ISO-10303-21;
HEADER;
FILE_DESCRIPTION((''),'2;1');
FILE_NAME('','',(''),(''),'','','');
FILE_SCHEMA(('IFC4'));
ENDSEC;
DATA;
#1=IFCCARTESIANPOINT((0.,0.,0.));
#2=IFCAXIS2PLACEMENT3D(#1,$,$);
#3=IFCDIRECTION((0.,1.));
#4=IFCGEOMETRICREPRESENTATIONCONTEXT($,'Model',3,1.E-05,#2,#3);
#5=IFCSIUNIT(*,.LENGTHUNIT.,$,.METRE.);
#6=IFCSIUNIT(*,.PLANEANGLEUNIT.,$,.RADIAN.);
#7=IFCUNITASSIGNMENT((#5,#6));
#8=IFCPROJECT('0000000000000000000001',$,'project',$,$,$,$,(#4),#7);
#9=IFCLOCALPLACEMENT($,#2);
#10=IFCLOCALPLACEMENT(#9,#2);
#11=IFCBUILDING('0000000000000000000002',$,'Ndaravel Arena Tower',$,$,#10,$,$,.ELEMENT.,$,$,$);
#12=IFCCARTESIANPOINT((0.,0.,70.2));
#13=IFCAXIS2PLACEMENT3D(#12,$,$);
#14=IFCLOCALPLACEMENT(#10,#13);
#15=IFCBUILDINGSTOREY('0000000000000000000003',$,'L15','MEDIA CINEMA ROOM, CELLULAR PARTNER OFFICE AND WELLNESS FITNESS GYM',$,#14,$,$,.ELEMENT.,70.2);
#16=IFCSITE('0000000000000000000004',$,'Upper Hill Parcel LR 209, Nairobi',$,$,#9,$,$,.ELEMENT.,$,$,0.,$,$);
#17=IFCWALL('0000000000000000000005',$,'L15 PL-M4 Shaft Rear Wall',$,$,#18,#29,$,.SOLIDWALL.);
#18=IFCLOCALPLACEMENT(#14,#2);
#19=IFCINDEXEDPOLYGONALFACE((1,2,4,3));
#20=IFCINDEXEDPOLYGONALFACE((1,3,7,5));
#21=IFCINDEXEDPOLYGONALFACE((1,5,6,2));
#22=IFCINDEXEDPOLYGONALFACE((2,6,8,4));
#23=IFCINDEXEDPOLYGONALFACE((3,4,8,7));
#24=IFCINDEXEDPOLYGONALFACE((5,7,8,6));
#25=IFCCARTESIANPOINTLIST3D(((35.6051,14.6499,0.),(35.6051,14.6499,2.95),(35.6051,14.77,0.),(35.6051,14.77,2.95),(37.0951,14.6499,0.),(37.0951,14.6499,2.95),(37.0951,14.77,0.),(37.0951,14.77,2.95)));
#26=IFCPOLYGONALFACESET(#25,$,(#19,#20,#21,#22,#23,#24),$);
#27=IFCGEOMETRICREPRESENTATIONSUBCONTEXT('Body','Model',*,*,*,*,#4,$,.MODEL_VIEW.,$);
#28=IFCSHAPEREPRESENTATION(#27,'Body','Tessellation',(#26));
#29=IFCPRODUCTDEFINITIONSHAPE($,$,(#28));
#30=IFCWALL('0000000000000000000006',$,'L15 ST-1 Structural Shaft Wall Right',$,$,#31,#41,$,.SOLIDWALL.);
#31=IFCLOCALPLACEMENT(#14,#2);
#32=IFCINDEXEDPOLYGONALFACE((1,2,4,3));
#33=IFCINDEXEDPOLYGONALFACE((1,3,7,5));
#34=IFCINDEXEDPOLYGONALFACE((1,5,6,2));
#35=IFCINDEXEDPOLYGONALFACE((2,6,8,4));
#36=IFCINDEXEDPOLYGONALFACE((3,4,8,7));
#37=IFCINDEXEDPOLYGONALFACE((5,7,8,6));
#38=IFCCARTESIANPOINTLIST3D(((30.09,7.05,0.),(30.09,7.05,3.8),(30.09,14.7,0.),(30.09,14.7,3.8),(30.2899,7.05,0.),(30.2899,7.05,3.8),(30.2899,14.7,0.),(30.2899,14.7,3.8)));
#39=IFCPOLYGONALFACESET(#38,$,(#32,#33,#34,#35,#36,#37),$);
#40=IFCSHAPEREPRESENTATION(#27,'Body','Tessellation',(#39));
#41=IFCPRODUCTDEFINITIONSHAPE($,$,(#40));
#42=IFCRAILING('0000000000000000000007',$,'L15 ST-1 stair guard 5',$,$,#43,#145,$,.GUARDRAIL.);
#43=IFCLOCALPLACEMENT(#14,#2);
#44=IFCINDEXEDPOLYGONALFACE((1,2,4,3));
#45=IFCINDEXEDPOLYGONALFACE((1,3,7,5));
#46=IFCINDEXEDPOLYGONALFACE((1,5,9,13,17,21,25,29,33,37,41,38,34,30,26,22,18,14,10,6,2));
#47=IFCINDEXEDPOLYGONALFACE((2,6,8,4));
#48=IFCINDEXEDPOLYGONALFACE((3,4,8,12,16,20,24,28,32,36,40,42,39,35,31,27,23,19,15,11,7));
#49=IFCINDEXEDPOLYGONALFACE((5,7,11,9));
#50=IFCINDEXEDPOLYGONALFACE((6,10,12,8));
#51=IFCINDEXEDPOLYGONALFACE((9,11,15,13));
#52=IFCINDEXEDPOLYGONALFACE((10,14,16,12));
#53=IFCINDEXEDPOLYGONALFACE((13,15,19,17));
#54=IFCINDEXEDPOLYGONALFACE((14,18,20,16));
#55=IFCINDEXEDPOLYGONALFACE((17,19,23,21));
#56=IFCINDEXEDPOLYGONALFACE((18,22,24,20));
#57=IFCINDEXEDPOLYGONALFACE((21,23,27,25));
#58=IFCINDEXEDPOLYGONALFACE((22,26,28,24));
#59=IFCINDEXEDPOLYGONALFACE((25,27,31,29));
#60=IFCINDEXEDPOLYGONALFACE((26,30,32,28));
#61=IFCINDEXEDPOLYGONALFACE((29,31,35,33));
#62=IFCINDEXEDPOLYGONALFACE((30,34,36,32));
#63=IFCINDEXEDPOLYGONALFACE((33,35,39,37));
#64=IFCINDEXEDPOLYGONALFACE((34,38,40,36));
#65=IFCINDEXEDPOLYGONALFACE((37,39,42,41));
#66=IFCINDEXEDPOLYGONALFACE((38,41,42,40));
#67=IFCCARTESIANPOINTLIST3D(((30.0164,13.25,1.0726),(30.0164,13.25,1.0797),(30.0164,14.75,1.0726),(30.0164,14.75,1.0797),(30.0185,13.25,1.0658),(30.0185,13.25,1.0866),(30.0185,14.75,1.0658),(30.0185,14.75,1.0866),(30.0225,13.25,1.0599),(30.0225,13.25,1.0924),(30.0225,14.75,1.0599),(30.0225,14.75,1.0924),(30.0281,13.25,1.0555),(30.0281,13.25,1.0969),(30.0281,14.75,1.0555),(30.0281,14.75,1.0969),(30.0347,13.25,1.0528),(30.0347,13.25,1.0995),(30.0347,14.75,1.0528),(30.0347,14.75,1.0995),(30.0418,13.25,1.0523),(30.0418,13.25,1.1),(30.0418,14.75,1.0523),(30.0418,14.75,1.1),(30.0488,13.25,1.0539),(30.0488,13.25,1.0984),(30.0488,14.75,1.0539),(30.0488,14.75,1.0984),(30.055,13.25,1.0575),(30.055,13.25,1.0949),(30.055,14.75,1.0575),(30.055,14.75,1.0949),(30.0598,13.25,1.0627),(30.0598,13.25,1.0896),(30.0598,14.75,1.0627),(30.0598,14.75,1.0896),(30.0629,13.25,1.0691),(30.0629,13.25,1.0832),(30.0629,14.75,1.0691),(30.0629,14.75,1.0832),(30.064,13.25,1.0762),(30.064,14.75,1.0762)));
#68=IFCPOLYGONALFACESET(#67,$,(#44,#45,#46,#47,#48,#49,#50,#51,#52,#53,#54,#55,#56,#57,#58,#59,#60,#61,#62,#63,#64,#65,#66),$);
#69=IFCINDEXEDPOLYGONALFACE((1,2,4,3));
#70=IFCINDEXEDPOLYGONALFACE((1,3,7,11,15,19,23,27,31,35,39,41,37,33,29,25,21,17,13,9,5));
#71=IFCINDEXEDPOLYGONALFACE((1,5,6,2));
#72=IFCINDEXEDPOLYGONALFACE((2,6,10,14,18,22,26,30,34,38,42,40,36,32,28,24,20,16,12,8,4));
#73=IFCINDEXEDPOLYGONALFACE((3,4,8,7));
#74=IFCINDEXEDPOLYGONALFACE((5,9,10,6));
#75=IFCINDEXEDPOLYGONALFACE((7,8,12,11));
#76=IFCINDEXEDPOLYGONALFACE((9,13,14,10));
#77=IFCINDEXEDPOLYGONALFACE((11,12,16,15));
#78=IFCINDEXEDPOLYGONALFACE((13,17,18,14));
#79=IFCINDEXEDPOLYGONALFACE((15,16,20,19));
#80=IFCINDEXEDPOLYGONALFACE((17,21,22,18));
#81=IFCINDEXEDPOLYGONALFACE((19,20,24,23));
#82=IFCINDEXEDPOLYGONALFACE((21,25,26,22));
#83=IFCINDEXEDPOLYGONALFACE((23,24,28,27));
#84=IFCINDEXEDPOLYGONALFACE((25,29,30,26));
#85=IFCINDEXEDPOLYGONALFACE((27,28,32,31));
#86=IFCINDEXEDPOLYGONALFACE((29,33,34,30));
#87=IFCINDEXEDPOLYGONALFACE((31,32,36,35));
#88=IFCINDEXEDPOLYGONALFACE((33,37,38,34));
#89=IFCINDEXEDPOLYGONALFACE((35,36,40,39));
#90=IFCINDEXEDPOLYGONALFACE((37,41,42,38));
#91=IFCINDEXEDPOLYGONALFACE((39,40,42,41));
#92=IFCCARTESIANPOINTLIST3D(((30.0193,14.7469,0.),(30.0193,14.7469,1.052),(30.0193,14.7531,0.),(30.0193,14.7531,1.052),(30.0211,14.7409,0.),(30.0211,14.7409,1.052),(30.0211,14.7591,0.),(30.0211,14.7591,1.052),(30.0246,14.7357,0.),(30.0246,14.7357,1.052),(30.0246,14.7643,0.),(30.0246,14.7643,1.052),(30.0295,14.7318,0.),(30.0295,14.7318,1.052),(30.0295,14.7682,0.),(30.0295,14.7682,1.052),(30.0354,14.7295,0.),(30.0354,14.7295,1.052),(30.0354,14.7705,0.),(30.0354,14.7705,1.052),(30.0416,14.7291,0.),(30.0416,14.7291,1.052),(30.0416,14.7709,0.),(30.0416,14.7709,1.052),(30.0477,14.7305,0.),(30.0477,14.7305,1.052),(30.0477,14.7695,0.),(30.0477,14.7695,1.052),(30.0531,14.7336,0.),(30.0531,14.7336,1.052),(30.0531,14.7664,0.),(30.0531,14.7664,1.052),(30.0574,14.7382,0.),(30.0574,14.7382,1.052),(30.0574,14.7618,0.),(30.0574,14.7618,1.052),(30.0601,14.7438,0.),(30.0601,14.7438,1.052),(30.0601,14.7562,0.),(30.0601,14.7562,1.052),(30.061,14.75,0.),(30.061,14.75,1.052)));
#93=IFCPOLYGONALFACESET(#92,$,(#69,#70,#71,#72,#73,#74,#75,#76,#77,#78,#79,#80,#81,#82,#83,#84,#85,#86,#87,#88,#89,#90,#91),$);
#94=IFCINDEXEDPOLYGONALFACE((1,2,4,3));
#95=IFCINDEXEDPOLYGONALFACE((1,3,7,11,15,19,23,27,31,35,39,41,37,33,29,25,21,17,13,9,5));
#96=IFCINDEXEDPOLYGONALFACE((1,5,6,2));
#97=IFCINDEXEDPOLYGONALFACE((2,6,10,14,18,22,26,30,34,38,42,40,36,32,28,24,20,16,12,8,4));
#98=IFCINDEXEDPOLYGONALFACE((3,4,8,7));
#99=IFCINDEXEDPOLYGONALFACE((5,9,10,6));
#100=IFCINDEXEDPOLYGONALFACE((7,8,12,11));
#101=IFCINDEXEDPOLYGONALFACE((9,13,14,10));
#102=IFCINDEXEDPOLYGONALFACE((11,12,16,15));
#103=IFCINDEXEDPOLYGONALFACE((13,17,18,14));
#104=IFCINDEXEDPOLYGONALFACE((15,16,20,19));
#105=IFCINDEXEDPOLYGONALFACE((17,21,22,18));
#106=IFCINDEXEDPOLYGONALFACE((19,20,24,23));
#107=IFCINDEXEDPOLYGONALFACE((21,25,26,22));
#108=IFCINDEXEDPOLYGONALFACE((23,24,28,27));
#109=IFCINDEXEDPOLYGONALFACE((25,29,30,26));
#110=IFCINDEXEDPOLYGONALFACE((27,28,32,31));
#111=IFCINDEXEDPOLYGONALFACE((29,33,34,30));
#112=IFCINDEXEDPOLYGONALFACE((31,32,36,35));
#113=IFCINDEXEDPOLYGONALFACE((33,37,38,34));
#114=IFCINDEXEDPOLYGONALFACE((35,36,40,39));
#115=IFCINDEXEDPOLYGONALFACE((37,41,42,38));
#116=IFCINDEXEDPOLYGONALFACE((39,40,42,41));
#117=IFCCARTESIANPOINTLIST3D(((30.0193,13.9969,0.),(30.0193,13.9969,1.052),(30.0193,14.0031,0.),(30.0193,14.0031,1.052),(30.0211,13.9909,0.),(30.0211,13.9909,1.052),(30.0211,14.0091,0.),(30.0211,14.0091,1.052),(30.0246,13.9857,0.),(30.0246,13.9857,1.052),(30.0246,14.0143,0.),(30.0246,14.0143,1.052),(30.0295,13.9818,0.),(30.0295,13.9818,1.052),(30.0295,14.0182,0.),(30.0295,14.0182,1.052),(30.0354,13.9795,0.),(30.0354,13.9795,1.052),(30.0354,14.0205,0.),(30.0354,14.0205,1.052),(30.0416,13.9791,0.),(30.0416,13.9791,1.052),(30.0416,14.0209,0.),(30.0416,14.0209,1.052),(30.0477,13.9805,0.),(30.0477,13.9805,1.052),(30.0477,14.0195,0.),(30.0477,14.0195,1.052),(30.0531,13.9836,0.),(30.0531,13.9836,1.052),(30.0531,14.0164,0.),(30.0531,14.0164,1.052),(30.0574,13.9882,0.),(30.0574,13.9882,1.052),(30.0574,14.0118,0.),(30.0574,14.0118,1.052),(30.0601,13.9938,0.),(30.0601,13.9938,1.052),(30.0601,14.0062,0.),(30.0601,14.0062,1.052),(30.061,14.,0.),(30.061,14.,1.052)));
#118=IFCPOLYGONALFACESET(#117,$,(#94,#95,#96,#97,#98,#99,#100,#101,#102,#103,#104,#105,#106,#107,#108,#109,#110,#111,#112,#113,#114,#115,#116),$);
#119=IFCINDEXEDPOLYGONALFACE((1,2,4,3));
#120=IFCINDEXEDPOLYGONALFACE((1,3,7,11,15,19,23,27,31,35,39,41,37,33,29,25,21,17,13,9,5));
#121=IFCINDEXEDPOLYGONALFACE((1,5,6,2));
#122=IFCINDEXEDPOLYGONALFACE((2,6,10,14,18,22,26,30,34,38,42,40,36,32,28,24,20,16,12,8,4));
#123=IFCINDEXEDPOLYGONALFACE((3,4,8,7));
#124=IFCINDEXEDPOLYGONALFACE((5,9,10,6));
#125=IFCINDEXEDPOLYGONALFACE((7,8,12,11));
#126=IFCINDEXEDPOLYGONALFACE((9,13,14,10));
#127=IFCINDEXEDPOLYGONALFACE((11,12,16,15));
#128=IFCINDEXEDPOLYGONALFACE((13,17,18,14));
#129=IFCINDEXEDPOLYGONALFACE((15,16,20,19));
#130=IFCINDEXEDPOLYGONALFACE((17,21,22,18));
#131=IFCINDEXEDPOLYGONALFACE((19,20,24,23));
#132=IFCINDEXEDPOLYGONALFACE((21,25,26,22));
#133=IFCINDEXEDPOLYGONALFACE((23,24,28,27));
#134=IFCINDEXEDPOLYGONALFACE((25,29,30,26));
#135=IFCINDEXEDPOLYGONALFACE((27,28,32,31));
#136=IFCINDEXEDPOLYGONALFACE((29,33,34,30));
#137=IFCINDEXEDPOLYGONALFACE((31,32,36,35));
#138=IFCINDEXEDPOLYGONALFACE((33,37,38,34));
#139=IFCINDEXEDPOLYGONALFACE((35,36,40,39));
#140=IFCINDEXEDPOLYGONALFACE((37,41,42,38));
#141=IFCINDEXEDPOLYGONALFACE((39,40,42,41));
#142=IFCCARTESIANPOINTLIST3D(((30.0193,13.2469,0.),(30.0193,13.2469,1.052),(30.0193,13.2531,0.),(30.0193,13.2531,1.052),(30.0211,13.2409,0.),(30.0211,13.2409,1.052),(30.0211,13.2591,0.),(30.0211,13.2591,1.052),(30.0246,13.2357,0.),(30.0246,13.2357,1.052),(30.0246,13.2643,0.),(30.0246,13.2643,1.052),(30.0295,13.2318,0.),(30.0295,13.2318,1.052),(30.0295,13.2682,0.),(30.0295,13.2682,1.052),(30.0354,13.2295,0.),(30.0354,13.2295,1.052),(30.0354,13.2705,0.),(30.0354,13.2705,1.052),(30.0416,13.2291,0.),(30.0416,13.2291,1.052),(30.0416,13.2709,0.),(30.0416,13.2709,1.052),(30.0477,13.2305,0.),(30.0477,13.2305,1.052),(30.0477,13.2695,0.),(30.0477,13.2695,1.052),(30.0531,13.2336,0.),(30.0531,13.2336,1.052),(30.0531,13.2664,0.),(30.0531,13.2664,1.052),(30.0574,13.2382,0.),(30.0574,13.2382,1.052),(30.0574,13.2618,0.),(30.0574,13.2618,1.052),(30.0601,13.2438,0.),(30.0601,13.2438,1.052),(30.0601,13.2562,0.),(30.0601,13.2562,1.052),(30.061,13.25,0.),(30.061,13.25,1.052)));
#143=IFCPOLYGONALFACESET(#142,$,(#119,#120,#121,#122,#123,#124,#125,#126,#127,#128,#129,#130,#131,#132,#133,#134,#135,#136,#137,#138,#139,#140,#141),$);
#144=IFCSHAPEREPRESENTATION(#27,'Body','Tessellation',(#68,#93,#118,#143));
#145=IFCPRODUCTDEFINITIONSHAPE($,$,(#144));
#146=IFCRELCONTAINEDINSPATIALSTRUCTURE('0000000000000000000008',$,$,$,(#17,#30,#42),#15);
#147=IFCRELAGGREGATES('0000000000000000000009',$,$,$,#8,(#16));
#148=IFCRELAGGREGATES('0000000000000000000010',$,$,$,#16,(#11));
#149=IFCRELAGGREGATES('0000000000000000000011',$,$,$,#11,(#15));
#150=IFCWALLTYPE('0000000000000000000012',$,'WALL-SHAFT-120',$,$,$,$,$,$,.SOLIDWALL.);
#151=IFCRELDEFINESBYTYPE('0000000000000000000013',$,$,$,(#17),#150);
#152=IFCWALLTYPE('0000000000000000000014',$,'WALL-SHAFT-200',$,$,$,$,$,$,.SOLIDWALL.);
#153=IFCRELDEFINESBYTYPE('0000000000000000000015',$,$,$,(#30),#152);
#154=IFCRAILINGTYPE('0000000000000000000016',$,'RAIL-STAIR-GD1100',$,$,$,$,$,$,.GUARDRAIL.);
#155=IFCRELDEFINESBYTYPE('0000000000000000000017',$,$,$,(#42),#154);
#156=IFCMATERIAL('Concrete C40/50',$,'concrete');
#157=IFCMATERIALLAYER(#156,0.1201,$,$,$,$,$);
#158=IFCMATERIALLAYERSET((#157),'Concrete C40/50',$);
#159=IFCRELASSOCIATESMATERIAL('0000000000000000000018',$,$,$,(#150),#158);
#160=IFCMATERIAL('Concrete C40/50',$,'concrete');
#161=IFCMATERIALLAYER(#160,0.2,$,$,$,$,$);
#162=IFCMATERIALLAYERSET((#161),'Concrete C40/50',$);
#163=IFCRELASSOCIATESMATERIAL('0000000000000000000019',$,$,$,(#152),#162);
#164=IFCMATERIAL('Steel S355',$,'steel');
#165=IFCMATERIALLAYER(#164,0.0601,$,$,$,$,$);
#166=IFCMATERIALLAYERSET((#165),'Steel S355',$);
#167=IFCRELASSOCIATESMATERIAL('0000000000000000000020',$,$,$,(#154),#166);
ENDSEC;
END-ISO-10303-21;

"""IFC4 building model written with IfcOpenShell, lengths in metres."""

from ifc_helpers import new_model, si_unit, direction, frame, frame_2d, origin, origin_2d, place, context, subcontext, project, spatial, rectangle, circle, extrude, material, layer, layer_set, type_object, element, save


model = new_model("IFC4")

# Units and contexts
model_context = context("Model", 3, precision=1e-05, world=origin(), true_north=direction((0.0, 1.0)))
body_context = subcontext(model_context, "Body", "Model", "MODEL_VIEW")
ifc_project = project(units=[si_unit("LENGTHUNIT", "METRE"), si_unit("PLANEANGLEUNIT", "RADIAN")], contexts=[model_context])

# Site, building, storey
site_placement = place(None, origin())
site = spatial("IfcSite", under=ifc_project, at=site_placement, Name="Upper Hill Parcel LR 209, Nairobi", CompositionType="ELEMENT", RefElevation=0.0)
building_placement = place(site_placement, origin())
building = spatial("IfcBuilding", under=site, at=building_placement, Name="Ndaravel Arena Tower", CompositionType="ELEMENT")
storey_placement = place(building_placement, frame((0.0, 0.0, 70.2)))
storey = spatial("IfcBuildingStorey", under=building, at=storey_placement, Name="L15", Description="MEDIA CINEMA ROOM, CELLULAR PARTNER OFFICE AND WELLNESS FITNESS GYM", CompositionType="ELEMENT", Elevation=70.2)

# Walls
ifc_material_1 = material(Name="Concrete C40/50", Category="concrete")
ifc_layer_1 = layer(ifc_material_1, 0.1201)
ifc_layer_set_1 = layer_set([ifc_layer_1], Name="Concrete C40/50")
wall_type_1 = type_object("IfcWallType", Name="WALL-SHAFT-120", PredefinedType="SOLIDWALL", material=ifc_layer_set_1)
wall_1_placement = place(storey_placement, frame((35.605, 14.71, 0.0), z_axis=(0.0, 0.0, 1.0), x_axis=(1.0, 0.0, 0.0)))
element("IfcWall", 1, at=wall_1_placement, inside=storey, type_object=wall_type_1, Name="L15 PL-M4 Shaft Rear Wall", PredefinedType="SOLIDWALL", context=body_context, shape_type="SweptSolid", body=[
    extrude(rectangle(XDim=1.49, YDim=0.1201, at=frame_2d((0.7451, 0.0))), origin(), (0.0, 0.0, 1.0), 2.95),
])
ifc_material_2 = material(Name="Concrete C40/50", Category="concrete")
ifc_layer_2 = layer(ifc_material_2, 0.2)
ifc_layer_set_2 = layer_set([ifc_layer_2], Name="Concrete C40/50")
wall_type_2 = type_object("IfcWallType", Name="WALL-SHAFT-200", PredefinedType="SOLIDWALL", material=ifc_layer_set_2)
wall_2_placement = place(storey_placement, frame((30.1899, 14.7, 0.0), z_axis=(0.0, 0.0, 1.0), x_axis=(0.0, -1.0, 0.0)))
element("IfcWall", 2, at=wall_2_placement, inside=storey, type_object=wall_type_2, Name="L15 ST-1 Structural Shaft Wall Right", PredefinedType="SOLIDWALL", context=body_context, shape_type="SweptSolid", body=[
    extrude(rectangle(XDim=7.6499, YDim=0.2, at=frame_2d((3.825, 0.0))), origin(), (0.0, 0.0, 1.0), 3.8),
])

# Railing
ifc_material_3 = material(Name="Steel S355", Category="steel")
ifc_layer_3 = layer(ifc_material_3, 0.0601)
ifc_layer_set_3 = layer_set([ifc_layer_3], Name="Steel S355")
railing_type = type_object("IfcRailingType", Name="RAIL-STAIR-GD1100", PredefinedType="GUARDRAIL", material=ifc_layer_set_3)
railing_placement = place(storey_placement, frame((30.04, 14.75, 0.0)))
element("IfcRailing", 3, at=railing_placement, inside=storey, type_object=railing_type, Name="L15 ST-1 stair guard 5", PredefinedType="GUARDRAIL", context=body_context, shape_type="SweptSolid", body=[
    extrude(circle(Radius=0.0239, at=origin_2d()), frame((0.0, 0.0, 1.0762), z_axis=(0.0, -1.0, 0.0), x_axis=(1.0, 0.0, 0.0)), (0.0, 0.0, 1.0), 1.5),
    extrude(circle(Radius=0.021, at=origin_2d()), origin(), (0.0, 0.0, 1.0), 1.052),
    extrude(circle(Radius=0.021, at=origin_2d()), frame((0.0, -0.75, 0.0)), (0.0, 0.0, 1.0), 1.052),
    extrude(circle(Radius=0.021, at=origin_2d()), frame((0.0, -1.5, 0.0)), (0.0, 0.0, 1.0), 1.052),
])

save(model, "model.ifc")
